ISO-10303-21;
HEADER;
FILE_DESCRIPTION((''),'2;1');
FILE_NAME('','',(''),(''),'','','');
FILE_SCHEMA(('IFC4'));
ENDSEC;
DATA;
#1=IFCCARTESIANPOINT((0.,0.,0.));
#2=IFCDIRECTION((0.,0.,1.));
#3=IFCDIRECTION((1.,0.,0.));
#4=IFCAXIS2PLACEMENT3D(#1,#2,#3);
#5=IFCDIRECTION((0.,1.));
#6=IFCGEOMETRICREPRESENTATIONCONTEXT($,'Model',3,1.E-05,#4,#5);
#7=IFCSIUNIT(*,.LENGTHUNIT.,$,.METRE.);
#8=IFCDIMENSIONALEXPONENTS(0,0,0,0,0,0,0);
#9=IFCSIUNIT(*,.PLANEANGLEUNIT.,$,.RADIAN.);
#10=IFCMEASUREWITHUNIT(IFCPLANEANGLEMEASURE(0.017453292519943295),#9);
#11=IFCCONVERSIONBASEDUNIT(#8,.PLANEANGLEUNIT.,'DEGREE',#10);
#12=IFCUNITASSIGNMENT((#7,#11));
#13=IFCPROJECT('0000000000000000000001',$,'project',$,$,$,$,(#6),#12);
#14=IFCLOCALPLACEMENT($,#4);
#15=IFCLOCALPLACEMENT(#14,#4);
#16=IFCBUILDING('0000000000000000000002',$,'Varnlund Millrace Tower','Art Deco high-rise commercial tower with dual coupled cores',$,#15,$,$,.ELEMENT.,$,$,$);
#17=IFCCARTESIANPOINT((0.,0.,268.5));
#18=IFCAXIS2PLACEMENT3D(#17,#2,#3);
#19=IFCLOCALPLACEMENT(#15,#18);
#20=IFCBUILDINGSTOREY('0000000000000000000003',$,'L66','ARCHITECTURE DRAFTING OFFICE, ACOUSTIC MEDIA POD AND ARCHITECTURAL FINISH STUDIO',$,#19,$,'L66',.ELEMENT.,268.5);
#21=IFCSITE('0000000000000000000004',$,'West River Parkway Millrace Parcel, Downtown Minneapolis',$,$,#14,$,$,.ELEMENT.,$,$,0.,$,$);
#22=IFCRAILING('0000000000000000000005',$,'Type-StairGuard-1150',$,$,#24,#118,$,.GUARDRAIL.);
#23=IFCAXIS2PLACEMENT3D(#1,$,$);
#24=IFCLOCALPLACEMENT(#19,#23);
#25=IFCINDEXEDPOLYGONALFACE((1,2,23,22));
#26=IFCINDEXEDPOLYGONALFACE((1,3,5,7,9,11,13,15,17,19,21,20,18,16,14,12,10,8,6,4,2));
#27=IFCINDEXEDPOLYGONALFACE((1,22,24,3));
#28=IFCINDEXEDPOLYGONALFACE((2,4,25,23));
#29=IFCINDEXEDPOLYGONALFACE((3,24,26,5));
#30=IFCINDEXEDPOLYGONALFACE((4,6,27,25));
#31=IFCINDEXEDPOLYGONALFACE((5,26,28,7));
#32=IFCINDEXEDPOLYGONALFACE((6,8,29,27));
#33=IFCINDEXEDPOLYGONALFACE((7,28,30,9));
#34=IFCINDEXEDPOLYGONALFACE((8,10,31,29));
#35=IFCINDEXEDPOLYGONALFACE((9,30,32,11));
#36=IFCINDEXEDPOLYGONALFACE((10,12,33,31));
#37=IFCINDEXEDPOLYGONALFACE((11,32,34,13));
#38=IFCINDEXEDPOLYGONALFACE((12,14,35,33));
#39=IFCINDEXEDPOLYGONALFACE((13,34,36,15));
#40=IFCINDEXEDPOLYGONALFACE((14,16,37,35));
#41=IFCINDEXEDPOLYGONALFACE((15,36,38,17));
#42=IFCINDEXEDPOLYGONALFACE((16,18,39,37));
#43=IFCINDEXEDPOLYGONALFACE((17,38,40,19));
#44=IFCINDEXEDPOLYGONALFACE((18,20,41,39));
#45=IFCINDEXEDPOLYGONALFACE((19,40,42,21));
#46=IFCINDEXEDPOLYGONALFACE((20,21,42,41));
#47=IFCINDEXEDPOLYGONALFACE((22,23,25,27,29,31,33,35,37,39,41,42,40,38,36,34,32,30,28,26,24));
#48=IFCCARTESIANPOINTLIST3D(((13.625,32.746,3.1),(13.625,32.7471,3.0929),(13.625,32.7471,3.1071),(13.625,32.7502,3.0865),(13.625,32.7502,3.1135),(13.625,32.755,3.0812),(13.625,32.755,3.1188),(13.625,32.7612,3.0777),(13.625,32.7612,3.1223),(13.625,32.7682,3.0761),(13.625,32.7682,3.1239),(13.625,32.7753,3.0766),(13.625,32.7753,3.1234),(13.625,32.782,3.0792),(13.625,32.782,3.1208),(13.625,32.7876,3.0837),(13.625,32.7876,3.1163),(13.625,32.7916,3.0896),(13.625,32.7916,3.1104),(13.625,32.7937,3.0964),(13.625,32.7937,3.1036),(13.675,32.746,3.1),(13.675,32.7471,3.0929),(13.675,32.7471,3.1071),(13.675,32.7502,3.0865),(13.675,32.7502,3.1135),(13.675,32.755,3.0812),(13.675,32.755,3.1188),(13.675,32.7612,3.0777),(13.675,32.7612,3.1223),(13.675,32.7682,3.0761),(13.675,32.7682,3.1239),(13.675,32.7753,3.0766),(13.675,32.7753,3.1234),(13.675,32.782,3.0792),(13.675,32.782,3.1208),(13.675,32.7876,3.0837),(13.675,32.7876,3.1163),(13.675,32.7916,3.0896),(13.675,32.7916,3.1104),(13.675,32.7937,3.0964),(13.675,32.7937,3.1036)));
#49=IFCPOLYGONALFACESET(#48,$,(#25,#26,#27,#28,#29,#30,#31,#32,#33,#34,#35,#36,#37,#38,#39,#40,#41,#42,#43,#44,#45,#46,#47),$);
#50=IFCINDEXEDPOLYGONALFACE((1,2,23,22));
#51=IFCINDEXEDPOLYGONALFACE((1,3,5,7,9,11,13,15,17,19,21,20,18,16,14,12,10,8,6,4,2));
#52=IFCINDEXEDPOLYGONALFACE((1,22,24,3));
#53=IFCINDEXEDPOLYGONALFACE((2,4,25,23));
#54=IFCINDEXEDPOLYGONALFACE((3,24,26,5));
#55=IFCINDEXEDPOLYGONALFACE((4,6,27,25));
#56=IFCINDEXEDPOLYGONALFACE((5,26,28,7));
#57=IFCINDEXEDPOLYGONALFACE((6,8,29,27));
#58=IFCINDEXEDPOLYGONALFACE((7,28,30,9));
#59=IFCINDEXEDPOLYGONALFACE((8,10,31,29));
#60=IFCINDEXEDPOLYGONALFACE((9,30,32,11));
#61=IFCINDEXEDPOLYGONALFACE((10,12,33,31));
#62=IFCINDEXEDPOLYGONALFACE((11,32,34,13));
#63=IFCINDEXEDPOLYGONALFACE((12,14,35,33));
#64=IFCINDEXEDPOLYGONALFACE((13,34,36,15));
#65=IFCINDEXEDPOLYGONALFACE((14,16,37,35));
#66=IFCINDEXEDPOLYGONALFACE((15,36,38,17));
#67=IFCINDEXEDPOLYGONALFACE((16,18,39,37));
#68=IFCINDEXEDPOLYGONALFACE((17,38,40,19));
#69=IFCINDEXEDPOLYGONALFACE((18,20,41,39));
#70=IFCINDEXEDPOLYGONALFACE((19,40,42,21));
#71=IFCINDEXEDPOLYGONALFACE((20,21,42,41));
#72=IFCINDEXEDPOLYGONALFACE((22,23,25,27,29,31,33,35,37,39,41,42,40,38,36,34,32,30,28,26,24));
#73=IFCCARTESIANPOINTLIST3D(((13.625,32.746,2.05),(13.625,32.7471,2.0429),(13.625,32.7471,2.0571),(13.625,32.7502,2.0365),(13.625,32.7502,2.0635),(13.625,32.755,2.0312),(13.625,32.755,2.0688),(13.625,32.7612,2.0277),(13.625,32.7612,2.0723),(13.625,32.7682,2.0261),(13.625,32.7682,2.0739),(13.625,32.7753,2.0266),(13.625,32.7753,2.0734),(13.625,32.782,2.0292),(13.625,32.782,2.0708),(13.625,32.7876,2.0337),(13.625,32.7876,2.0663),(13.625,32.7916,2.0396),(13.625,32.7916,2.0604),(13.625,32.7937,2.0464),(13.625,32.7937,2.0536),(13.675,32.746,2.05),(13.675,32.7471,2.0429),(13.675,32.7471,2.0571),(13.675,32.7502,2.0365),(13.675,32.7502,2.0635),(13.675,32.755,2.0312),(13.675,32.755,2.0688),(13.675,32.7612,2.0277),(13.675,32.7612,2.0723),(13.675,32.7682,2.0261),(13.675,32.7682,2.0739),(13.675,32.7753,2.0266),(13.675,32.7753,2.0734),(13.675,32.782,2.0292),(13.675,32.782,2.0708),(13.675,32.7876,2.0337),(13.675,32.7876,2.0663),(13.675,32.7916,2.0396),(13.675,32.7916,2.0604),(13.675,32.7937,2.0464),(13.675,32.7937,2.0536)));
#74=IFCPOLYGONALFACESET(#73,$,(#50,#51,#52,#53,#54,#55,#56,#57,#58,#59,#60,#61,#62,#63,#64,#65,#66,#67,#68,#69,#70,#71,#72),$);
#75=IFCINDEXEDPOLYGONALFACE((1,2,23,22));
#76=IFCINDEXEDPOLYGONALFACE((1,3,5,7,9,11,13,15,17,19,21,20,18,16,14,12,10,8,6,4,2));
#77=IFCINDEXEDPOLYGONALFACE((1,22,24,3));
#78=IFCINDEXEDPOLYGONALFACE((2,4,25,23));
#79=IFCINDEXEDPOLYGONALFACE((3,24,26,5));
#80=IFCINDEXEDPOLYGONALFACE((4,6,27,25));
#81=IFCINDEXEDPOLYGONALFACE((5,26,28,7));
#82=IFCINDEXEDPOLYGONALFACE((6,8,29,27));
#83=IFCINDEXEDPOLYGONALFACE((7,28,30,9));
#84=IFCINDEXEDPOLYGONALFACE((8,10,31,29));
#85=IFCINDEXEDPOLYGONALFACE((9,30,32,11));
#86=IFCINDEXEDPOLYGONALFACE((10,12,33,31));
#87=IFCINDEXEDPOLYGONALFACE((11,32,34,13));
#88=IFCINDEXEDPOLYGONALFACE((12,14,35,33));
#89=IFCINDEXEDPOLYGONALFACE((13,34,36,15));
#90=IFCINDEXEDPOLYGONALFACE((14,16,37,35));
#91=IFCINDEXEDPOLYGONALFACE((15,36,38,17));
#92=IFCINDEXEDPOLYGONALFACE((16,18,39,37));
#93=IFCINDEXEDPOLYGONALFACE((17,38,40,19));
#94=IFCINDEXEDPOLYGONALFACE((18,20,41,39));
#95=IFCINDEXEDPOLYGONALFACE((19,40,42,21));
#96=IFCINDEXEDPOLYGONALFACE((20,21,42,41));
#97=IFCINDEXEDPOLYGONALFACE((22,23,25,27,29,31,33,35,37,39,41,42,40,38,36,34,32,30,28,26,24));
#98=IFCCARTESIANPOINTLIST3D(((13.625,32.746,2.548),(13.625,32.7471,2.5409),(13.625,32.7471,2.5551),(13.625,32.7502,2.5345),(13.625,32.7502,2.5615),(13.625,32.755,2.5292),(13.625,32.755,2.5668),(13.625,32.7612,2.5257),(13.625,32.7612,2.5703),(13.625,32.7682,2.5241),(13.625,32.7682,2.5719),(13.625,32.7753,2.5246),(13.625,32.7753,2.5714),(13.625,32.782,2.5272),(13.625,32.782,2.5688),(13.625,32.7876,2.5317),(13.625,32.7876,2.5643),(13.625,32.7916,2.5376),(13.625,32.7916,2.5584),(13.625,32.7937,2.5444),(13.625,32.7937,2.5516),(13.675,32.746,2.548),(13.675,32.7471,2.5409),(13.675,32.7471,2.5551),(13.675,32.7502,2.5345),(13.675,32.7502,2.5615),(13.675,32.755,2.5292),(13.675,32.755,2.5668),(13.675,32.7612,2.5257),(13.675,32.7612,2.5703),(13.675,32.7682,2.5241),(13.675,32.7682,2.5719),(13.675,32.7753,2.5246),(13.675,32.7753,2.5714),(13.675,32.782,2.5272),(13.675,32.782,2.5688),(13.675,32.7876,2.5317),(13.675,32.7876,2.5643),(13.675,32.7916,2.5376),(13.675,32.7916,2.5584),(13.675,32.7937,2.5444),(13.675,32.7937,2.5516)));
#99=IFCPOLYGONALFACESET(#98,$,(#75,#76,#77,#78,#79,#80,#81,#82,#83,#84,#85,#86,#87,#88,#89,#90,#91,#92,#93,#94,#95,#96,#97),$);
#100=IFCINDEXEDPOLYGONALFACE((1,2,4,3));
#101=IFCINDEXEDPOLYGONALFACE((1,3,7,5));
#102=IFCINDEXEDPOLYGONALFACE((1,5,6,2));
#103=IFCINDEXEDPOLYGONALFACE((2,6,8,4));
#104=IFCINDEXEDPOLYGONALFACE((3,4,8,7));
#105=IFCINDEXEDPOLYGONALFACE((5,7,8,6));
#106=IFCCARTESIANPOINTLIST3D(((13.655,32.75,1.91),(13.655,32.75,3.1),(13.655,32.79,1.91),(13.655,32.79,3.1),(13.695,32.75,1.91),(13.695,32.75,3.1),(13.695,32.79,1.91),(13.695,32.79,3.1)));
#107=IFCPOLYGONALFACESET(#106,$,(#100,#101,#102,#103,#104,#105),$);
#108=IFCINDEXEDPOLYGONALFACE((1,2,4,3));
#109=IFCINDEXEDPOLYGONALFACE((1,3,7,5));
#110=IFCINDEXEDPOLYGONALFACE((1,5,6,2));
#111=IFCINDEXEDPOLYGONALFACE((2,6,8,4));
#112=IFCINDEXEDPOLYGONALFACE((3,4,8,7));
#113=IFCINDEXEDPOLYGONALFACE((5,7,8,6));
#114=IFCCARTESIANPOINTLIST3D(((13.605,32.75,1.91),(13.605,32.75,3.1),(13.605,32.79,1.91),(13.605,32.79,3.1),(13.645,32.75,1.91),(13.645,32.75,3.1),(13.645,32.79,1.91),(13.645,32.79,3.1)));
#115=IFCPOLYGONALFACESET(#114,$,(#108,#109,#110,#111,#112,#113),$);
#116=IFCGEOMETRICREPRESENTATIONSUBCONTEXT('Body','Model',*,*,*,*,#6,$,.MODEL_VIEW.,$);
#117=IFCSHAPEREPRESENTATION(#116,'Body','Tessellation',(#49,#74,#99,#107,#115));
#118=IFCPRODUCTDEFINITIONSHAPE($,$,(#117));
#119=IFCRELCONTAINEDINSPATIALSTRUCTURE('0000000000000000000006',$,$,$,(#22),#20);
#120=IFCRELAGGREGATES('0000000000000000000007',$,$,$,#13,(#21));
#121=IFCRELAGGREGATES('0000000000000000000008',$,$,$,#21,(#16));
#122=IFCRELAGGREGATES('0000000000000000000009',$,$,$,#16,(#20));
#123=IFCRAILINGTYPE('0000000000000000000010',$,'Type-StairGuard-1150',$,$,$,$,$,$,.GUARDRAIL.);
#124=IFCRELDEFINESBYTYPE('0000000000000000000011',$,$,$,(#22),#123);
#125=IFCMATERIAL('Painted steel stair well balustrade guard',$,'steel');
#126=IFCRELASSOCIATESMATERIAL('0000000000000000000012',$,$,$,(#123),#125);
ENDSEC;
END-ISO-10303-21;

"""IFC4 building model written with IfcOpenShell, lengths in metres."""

from ifc_helpers import new_model, entity, si_unit, converted_unit, direction, frame, origin_with_axes, origin_2d_with_axis, place, context, subcontext, project, spatial, rectangle, circle, extrude, material, type_object, element, save


model = new_model("IFC4")

# Units and contexts
model_context = context("Model", 3, precision=1e-05, world=origin_with_axes(), true_north=direction((0.0, 1.0)))
body_context = subcontext(model_context, "Body", "Model", "MODEL_VIEW")
ifc_project = project(units=[si_unit("LENGTHUNIT", "METRE"), converted_unit("PLANEANGLEUNIT", "DEGREE", entity("IfcPlaneAngleMeasure", 0.017453292519943295), si_unit("PLANEANGLEUNIT", "RADIAN"), dimensions=[0, 0, 0, 0, 0, 0, 0])], contexts=[model_context])

# Site, building, storey
site_placement = place(None, origin_with_axes())
site = spatial("IfcSite", under=ifc_project, at=site_placement, Name="West River Parkway Millrace Parcel, Downtown Minneapolis", CompositionType="ELEMENT", RefElevation=0.0)
building_placement = place(site_placement, origin_with_axes())
building = spatial("IfcBuilding", under=site, at=building_placement, Name="Varnlund Millrace Tower", Description="Art Deco high-rise commercial tower with dual coupled cores", CompositionType="ELEMENT")
storey_placement = place(building_placement, frame((0.0, 0.0, 268.5), z_axis=(0.0, 0.0, 1.0), x_axis=(1.0, 0.0, 0.0)))
storey = spatial("IfcBuildingStorey", under=building, at=storey_placement, Name="L66", Description="ARCHITECTURE DRAFTING OFFICE, ACOUSTIC MEDIA POD AND ARCHITECTURAL FINISH STUDIO", LongName="L66", CompositionType="ELEMENT", Elevation=268.5)

# Railing
ifc_material_1 = material(Name="Painted steel stair well balustrade guard", Category="steel")
railing_type_1 = type_object("IfcRailingType", Name="Type-StairGuard-1150", PredefinedType="GUARDRAIL", material=ifc_material_1)
railing_1_placement = place(storey_placement, frame((0.0, 0.0, -268.5), z_axis=(0.0, 0.0, 1.0), x_axis=(1.0, 0.0, 0.0)))
element("IfcRailing", 1, at=railing_1_placement, inside=storey, type_object=railing_type_1, Name="Type-StairGuard-1150", PredefinedType="GUARDRAIL", context=body_context, shape_type="SweptSolid", body=[
    extrude(circle(Radius=0.024, at=origin_2d_with_axis()), frame((13.675, 32.77, 271.6), z_axis=(-1.0, 0.0, 0.0), x_axis=(0.0, -1.0, 0.0)), (0.0, 0.0, 1.0), 0.05),
    extrude(circle(Radius=0.024, at=origin_2d_with_axis()), frame((13.675, 32.77, 270.55), z_axis=(-1.0, 0.0, 0.0), x_axis=(0.0, -1.0, 0.0)), (0.0, 0.0, 1.0), 0.05),
    extrude(circle(Radius=0.024, at=origin_2d_with_axis()), frame((13.675, 32.77, 271.048), z_axis=(-1.0, 0.0, 0.0), x_axis=(0.0, -1.0, 0.0)), (0.0, 0.0, 1.0), 0.05),
    extrude(rectangle(XDim=0.04, YDim=0.04, at=origin_2d_with_axis()), frame((13.675, 32.77, 270.41), z_axis=(0.0, 0.0, 1.0), x_axis=(1.0, 0.0, 0.0)), (0.0, 0.0, 1.0), 1.19),
    extrude(rectangle(XDim=0.04, YDim=0.04, at=origin_2d_with_axis()), frame((13.625, 32.77, 270.41), z_axis=(0.0, 0.0, 1.0), x_axis=(1.0, 0.0, 0.0)), (0.0, 0.0, 1.0), 1.19),
])

save(model, "model.ifc")
